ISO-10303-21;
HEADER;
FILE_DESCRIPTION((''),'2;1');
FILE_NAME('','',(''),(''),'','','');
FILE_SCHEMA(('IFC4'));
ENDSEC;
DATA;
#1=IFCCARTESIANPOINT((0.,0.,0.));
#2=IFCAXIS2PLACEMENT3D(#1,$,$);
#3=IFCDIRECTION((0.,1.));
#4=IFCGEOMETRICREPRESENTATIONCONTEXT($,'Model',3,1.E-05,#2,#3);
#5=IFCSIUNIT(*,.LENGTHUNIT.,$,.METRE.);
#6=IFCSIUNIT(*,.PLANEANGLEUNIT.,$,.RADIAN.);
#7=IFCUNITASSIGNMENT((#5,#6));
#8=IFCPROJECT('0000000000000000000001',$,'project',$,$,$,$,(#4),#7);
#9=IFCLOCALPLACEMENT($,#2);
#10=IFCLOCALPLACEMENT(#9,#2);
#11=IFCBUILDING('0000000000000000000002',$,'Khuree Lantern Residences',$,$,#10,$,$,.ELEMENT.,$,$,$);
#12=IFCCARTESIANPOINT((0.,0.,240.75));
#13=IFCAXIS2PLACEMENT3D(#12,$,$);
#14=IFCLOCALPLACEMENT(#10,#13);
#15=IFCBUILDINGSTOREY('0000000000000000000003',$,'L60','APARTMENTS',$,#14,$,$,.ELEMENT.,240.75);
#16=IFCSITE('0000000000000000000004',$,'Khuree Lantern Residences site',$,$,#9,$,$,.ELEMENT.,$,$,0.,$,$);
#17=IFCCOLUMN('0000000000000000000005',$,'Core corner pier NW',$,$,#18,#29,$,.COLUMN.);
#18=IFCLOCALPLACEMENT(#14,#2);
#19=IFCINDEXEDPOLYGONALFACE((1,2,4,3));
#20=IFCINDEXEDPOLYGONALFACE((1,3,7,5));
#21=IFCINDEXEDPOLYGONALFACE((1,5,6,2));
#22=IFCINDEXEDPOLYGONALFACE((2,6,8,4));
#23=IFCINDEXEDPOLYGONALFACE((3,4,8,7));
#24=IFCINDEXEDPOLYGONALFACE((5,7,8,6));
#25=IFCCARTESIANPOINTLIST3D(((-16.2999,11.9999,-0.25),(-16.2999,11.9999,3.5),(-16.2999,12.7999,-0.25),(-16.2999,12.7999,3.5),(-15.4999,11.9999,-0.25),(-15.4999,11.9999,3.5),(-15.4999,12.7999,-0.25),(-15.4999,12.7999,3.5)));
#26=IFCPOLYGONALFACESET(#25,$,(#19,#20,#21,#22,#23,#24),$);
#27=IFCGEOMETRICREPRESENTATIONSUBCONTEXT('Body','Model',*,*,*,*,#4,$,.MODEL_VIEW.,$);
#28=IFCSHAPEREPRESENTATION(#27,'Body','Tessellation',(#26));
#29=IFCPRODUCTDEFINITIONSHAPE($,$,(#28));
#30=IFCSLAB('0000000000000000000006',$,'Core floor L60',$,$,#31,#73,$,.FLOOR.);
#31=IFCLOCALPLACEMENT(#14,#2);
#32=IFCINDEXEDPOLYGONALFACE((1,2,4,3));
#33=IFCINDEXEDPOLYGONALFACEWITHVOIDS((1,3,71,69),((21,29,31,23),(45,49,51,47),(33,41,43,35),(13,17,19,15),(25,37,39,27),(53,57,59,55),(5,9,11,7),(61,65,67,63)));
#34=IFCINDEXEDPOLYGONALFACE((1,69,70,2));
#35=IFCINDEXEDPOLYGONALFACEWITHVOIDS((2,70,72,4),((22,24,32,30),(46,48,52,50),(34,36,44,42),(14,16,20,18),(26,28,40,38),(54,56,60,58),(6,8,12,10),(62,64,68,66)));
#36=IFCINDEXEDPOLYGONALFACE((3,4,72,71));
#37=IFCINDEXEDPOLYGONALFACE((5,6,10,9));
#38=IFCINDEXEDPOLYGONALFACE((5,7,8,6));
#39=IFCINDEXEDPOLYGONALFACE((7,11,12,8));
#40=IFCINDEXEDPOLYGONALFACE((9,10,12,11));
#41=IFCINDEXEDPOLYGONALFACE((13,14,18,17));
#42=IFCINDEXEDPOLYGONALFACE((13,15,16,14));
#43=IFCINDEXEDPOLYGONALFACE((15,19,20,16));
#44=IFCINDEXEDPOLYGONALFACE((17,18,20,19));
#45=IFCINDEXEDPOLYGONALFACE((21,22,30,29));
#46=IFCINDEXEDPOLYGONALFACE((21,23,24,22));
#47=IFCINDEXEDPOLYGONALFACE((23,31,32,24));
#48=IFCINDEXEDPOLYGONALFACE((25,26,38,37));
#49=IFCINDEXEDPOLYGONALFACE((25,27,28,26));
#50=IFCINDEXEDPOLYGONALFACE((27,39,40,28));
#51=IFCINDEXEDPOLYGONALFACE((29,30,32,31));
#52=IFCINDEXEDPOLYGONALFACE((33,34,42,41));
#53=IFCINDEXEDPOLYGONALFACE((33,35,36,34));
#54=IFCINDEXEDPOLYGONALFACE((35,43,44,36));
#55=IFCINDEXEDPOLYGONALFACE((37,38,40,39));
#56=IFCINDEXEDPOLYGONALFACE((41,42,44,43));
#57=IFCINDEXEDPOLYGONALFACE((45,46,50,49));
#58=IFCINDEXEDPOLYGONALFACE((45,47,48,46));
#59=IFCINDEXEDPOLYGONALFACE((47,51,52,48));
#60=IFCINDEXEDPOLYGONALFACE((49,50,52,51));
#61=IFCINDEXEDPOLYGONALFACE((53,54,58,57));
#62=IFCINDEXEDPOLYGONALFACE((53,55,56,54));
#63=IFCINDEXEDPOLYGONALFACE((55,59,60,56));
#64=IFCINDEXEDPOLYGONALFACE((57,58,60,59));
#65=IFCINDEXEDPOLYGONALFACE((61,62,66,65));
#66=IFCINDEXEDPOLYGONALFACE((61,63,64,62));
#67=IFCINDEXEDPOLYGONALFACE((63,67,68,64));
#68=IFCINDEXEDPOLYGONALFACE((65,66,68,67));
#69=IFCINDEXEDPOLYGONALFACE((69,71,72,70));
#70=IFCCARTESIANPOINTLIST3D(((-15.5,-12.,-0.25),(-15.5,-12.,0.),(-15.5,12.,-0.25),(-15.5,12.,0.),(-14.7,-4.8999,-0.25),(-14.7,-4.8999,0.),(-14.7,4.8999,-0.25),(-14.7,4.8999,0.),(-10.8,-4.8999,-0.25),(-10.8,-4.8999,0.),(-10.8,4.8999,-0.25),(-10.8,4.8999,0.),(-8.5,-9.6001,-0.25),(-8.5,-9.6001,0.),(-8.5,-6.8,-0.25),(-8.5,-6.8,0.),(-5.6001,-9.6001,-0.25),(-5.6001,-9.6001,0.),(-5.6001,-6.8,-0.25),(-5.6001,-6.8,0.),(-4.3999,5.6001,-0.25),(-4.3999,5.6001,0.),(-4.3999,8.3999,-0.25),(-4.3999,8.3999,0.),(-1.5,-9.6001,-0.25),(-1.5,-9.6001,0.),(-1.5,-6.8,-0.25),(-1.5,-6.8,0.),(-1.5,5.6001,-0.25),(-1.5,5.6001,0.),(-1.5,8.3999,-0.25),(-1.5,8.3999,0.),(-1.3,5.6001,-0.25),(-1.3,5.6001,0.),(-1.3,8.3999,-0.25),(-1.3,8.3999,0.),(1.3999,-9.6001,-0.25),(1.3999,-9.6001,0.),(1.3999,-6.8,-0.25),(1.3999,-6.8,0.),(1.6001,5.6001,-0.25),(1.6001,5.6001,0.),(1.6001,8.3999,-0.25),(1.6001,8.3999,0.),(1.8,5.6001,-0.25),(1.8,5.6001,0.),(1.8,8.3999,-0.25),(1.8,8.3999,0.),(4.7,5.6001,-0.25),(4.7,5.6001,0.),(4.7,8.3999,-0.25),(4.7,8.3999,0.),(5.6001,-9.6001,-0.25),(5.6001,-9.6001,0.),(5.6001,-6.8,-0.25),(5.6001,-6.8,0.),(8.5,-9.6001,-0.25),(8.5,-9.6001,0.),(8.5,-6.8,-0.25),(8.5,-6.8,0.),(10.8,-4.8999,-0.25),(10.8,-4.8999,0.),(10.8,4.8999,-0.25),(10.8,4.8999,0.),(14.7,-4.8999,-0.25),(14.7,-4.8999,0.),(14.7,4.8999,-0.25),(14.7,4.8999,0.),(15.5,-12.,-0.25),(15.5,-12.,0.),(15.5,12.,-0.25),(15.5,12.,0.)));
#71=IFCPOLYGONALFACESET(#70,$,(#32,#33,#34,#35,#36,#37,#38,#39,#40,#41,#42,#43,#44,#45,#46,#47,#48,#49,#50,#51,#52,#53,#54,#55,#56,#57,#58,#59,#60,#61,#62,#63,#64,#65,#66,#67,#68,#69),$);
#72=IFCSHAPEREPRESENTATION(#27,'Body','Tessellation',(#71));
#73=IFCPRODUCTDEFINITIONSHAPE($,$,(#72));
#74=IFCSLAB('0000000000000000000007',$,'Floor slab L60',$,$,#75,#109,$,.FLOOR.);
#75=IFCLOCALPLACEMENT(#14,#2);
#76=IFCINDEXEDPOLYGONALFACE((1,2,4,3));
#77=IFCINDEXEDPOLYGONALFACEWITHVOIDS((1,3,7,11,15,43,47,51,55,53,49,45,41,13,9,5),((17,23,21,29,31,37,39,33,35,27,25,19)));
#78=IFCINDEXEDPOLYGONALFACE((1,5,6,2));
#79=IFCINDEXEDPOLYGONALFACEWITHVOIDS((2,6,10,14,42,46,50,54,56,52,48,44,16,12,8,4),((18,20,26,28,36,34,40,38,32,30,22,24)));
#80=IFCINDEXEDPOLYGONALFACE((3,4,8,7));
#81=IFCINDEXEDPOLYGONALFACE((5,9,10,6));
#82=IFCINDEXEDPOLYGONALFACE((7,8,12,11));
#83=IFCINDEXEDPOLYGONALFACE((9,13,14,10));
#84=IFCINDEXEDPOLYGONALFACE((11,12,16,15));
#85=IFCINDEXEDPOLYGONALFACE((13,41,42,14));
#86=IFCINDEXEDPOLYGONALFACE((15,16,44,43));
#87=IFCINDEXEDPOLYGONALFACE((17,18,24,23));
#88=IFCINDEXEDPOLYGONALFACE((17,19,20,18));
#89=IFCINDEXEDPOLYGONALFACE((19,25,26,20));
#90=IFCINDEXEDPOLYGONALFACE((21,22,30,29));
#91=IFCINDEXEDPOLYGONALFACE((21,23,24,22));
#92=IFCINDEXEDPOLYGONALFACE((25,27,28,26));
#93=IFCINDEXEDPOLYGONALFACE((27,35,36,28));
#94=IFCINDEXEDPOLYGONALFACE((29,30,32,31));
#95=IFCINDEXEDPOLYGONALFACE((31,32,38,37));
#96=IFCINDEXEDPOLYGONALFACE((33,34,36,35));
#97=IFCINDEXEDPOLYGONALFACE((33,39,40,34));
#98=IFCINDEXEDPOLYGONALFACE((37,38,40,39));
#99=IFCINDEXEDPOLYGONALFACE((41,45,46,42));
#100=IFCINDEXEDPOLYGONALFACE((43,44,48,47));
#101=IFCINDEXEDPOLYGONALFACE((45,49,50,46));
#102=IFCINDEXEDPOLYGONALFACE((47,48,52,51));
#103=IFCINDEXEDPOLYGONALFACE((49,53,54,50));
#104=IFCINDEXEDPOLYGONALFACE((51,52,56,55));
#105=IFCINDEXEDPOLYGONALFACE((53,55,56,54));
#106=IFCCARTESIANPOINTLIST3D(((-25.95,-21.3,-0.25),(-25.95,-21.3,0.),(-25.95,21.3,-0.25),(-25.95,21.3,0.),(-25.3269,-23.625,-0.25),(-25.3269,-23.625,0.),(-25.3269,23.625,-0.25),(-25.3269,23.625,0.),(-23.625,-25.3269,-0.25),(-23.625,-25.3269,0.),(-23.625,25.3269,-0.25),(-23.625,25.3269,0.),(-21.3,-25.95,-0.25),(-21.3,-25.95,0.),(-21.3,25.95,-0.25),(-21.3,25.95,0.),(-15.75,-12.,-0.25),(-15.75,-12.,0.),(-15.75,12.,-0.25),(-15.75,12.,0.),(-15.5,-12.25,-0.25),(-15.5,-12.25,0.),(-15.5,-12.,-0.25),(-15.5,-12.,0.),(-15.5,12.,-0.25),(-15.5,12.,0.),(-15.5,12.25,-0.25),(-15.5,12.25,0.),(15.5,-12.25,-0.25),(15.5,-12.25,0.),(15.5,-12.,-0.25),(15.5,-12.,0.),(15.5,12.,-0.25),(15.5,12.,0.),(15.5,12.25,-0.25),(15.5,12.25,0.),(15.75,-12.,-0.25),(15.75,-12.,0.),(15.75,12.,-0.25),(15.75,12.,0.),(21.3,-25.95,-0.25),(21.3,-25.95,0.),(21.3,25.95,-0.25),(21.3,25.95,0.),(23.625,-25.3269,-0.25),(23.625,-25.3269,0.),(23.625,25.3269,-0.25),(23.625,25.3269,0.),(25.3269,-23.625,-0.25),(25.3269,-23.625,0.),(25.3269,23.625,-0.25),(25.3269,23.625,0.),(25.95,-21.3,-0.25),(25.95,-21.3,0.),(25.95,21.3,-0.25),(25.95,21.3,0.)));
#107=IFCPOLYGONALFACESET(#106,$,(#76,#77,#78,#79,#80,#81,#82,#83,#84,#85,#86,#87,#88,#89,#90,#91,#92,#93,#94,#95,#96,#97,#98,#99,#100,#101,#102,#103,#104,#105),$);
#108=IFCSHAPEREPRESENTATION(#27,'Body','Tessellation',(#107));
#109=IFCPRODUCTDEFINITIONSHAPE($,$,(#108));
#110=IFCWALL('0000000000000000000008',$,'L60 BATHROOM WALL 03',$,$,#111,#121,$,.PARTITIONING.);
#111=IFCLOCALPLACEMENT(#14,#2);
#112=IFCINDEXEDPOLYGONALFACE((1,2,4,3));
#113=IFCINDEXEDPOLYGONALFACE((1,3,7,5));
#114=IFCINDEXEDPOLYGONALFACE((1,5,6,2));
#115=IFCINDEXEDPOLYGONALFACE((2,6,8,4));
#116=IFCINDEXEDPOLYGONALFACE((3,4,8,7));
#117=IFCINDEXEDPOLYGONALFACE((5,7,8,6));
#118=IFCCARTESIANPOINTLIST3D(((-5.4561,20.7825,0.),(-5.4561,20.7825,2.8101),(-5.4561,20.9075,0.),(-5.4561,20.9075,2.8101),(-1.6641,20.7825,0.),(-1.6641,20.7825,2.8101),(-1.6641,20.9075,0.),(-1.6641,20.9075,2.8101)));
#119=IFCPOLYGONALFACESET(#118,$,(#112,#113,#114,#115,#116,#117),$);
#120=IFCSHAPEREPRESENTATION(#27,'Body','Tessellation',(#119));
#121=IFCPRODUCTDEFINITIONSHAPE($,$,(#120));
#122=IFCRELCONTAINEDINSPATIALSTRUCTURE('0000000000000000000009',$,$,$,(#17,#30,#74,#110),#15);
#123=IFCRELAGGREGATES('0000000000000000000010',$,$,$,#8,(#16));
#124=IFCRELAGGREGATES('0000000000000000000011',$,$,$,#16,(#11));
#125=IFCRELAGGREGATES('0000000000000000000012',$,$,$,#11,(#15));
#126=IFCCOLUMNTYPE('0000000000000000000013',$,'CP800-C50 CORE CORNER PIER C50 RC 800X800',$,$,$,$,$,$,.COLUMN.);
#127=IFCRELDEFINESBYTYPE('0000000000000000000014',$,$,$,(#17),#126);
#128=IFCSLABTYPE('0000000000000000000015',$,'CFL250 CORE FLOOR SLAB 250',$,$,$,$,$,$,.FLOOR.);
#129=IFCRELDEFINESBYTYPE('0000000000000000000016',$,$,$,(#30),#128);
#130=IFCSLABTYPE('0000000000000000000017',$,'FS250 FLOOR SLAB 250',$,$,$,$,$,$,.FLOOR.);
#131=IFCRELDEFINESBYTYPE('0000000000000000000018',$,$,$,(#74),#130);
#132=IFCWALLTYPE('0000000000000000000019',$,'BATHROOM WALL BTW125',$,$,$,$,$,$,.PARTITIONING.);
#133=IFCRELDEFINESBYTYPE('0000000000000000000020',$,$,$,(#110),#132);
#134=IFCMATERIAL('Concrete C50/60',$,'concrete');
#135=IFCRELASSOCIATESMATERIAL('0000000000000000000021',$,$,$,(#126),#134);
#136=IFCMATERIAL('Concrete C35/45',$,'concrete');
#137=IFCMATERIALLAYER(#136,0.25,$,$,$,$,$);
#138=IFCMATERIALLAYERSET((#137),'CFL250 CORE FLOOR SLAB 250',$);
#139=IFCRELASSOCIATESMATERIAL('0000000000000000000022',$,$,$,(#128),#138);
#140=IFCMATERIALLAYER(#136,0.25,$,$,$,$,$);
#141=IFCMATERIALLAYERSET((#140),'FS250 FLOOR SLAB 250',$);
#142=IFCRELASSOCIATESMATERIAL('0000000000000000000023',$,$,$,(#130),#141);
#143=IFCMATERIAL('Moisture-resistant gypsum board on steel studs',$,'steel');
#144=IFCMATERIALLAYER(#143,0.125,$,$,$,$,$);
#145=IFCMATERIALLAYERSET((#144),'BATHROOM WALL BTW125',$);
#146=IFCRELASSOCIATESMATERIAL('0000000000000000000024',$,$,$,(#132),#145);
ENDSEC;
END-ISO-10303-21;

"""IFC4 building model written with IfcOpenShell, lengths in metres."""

from ifc_helpers import new_model, si_unit, direction, frame, frame_2d, origin, origin_2d, place, context, subcontext, project, spatial, polyline, rectangle, outline, extrude, material, layer, layer_set, material_profile, profile_set, type_object, element, save


model = new_model("IFC4")

# Units and contexts
model_context = context("Model", 3, precision=1e-05, world=origin(), true_north=direction((0.0, 1.0)))
body_context = subcontext(model_context, "Body", "Model", "MODEL_VIEW")
ifc_project = project(units=[si_unit("LENGTHUNIT", "METRE"), si_unit("PLANEANGLEUNIT", "RADIAN")], contexts=[model_context])

# Site, building, storey
site_placement = place(None, origin())
site = spatial("IfcSite", under=ifc_project, at=site_placement, Name="Khuree Lantern Residences site", CompositionType="ELEMENT", RefElevation=0.0)
building_placement = place(site_placement, origin())
building = spatial("IfcBuilding", under=site, at=building_placement, Name="Khuree Lantern Residences", CompositionType="ELEMENT")
storey_placement = place(building_placement, frame((0.0, 0.0, 240.75)))
storey = spatial("IfcBuildingStorey", under=building, at=storey_placement, Name="L60", Description="APARTMENTS", CompositionType="ELEMENT", Elevation=240.75)

# Column
ifc_material_1 = material(Name="Concrete C50/60", Category="concrete")
ifc_material_profile = material_profile(ifc_material_1, rectangle(XDim=0.8, YDim=0.8, at=origin_2d()), Name="RC 800X800")
ifc_profile_set = profile_set([ifc_material_profile], Name="Concrete C50/60")
column_type = type_object("IfcColumnType", Name="CP800-C50 CORE CORNER PIER C50 RC 800X800", PredefinedType="COLUMN", material=ifc_profile_set)
column_placement = place(storey_placement, frame((-15.8999, 12.3999, -0.25), z_axis=(0.0, 0.0, 1.0), x_axis=(1.0, 0.0, 0.0)))
element("IfcColumn", 1, at=column_placement, inside=storey, type_object=column_type, Name="Core corner pier NW", PredefinedType="COLUMN", context=body_context, shape_type="SweptSolid", body=[
    extrude(rectangle(XDim=0.8, YDim=0.8, at=origin_2d()), origin(), (0.0, 0.0, 1.0), 3.75),
])

# Slabs
ifc_material_2 = material(Name="Concrete C35/45", Category="concrete")
ifc_layer_1 = layer(ifc_material_2, 0.25)
ifc_layer_set_1 = layer_set([ifc_layer_1], Name="CFL250 CORE FLOOR SLAB 250")
slab_type_1 = type_object("IfcSlabType", Name="CFL250 CORE FLOOR SLAB 250", PredefinedType="FLOOR", material=ifc_layer_set_1)
slab_1_placement = place(storey_placement, frame((0.0, 0.0, -0.25)))
element("IfcSlab", 2, at=slab_1_placement, inside=storey, type_object=slab_type_1, Name="Core floor L60", PredefinedType="FLOOR", context=body_context, shape_type="SweptSolid", body=[
    extrude(outline(polyline([(-15.5, -12.0), (-15.5, 12.0), (15.5, 12.0), (15.5, -12.0), (-15.5, -12.0)]), holes=[polyline([(10.8, 4.8999), (10.8, -4.8999), (14.7, -4.8999), (14.7, 4.8999), (10.8, 4.8999)]), polyline([(5.6001, -6.8), (5.6001, -9.6001), (8.5, -9.6001), (8.5, -6.8), (5.6001, -6.8)]), polyline([(1.8, 8.3999), (1.8, 5.6001), (4.7, 5.6001), (4.7, 8.3999), (1.8, 8.3999)]), polyline([(-1.3, 8.3999), (-1.3, 5.6001), (1.6001, 5.6001), (1.6001, 8.3999), (-1.3, 8.3999)]), polyline([(-1.5, -6.8), (-1.5, -9.6001), (1.3999, -9.6001), (1.3999, -6.8), (-1.5, -6.8)]), polyline([(-4.3999, 8.3999), (-4.3999, 5.6001), (-1.5, 5.6001), (-1.5, 8.3999), (-4.3999, 8.3999)]), polyline([(-8.5, -6.8), (-8.5, -9.6001), (-5.6001, -9.6001), (-5.6001, -6.8), (-8.5, -6.8)]), polyline([(-14.7, 4.8999), (-14.7, -4.8999), (-10.8, -4.8999), (-10.8, 4.8999), (-14.7, 4.8999)])]), origin(), (0.0, 0.0, 1.0), 0.25),
])
ifc_layer_2 = layer(ifc_material_2, 0.25)
ifc_layer_set_2 = layer_set([ifc_layer_2], Name="FS250 FLOOR SLAB 250")
slab_type_2 = type_object("IfcSlabType", Name="FS250 FLOOR SLAB 250", PredefinedType="FLOOR", material=ifc_layer_set_2)
slab_2_placement = place(storey_placement, frame((0.0, 0.0, -0.25)))
element("IfcSlab", 3, at=slab_2_placement, inside=storey, type_object=slab_type_2, Name="Floor slab L60", PredefinedType="FLOOR", context=body_context, shape_type="SweptSolid", body=[
    extrude(outline(polyline([(-23.625, -25.3269), (-25.3269, -23.625), (-25.95, -21.3), (-25.95, 21.3), (-25.3269, 23.625), (-23.625, 25.3269), (-21.3, 25.95), (21.3, 25.95), (23.625, 25.3269), (25.3269, 23.625), (25.95, 21.3), (25.95, -21.3), (25.3269, -23.625), (23.625, -25.3269), (21.3, -25.95), (-21.3, -25.95), (-23.625, -25.3269)]), holes=[polyline([(15.75, 12.0), (15.5, 12.0), (15.5, 12.25), (-15.5, 12.25), (-15.5, 12.0), (-15.75, 12.0), (-15.75, -12.0), (-15.5, -12.0), (-15.5, -12.25), (15.5, -12.25), (15.5, -12.0), (15.75, -12.0), (15.75, 12.0)])]), origin(), (0.0, 0.0, 1.0), 0.25),
])

# Wall
ifc_material_3 = material(Name="Moisture-resistant gypsum board on steel studs", Category="steel")
ifc_layer_3 = layer(ifc_material_3, 0.125)
ifc_layer_set_3 = layer_set([ifc_layer_3], Name="BATHROOM WALL BTW125")
wall_type_1 = type_object("IfcWallType", Name="BATHROOM WALL BTW125", PredefinedType="PARTITIONING", material=ifc_layer_set_3)
wall_1_placement = place(storey_placement, frame((-1.6641, 20.845, 0.0), z_axis=(0.0, 0.0, 1.0), x_axis=(-1.0, 0.0, 0.0)))
element("IfcWall", 4, at=wall_1_placement, inside=storey, type_object=wall_type_1, Name="L60 BATHROOM WALL 03", PredefinedType="PARTITIONING", context=body_context, shape_type="SweptSolid", body=[
    extrude(rectangle(XDim=3.792, YDim=0.125, at=frame_2d((1.896, 0.0))), origin(), (0.0, 0.0, 1.0), 2.8101),
])

save(model, "model.ifc")
